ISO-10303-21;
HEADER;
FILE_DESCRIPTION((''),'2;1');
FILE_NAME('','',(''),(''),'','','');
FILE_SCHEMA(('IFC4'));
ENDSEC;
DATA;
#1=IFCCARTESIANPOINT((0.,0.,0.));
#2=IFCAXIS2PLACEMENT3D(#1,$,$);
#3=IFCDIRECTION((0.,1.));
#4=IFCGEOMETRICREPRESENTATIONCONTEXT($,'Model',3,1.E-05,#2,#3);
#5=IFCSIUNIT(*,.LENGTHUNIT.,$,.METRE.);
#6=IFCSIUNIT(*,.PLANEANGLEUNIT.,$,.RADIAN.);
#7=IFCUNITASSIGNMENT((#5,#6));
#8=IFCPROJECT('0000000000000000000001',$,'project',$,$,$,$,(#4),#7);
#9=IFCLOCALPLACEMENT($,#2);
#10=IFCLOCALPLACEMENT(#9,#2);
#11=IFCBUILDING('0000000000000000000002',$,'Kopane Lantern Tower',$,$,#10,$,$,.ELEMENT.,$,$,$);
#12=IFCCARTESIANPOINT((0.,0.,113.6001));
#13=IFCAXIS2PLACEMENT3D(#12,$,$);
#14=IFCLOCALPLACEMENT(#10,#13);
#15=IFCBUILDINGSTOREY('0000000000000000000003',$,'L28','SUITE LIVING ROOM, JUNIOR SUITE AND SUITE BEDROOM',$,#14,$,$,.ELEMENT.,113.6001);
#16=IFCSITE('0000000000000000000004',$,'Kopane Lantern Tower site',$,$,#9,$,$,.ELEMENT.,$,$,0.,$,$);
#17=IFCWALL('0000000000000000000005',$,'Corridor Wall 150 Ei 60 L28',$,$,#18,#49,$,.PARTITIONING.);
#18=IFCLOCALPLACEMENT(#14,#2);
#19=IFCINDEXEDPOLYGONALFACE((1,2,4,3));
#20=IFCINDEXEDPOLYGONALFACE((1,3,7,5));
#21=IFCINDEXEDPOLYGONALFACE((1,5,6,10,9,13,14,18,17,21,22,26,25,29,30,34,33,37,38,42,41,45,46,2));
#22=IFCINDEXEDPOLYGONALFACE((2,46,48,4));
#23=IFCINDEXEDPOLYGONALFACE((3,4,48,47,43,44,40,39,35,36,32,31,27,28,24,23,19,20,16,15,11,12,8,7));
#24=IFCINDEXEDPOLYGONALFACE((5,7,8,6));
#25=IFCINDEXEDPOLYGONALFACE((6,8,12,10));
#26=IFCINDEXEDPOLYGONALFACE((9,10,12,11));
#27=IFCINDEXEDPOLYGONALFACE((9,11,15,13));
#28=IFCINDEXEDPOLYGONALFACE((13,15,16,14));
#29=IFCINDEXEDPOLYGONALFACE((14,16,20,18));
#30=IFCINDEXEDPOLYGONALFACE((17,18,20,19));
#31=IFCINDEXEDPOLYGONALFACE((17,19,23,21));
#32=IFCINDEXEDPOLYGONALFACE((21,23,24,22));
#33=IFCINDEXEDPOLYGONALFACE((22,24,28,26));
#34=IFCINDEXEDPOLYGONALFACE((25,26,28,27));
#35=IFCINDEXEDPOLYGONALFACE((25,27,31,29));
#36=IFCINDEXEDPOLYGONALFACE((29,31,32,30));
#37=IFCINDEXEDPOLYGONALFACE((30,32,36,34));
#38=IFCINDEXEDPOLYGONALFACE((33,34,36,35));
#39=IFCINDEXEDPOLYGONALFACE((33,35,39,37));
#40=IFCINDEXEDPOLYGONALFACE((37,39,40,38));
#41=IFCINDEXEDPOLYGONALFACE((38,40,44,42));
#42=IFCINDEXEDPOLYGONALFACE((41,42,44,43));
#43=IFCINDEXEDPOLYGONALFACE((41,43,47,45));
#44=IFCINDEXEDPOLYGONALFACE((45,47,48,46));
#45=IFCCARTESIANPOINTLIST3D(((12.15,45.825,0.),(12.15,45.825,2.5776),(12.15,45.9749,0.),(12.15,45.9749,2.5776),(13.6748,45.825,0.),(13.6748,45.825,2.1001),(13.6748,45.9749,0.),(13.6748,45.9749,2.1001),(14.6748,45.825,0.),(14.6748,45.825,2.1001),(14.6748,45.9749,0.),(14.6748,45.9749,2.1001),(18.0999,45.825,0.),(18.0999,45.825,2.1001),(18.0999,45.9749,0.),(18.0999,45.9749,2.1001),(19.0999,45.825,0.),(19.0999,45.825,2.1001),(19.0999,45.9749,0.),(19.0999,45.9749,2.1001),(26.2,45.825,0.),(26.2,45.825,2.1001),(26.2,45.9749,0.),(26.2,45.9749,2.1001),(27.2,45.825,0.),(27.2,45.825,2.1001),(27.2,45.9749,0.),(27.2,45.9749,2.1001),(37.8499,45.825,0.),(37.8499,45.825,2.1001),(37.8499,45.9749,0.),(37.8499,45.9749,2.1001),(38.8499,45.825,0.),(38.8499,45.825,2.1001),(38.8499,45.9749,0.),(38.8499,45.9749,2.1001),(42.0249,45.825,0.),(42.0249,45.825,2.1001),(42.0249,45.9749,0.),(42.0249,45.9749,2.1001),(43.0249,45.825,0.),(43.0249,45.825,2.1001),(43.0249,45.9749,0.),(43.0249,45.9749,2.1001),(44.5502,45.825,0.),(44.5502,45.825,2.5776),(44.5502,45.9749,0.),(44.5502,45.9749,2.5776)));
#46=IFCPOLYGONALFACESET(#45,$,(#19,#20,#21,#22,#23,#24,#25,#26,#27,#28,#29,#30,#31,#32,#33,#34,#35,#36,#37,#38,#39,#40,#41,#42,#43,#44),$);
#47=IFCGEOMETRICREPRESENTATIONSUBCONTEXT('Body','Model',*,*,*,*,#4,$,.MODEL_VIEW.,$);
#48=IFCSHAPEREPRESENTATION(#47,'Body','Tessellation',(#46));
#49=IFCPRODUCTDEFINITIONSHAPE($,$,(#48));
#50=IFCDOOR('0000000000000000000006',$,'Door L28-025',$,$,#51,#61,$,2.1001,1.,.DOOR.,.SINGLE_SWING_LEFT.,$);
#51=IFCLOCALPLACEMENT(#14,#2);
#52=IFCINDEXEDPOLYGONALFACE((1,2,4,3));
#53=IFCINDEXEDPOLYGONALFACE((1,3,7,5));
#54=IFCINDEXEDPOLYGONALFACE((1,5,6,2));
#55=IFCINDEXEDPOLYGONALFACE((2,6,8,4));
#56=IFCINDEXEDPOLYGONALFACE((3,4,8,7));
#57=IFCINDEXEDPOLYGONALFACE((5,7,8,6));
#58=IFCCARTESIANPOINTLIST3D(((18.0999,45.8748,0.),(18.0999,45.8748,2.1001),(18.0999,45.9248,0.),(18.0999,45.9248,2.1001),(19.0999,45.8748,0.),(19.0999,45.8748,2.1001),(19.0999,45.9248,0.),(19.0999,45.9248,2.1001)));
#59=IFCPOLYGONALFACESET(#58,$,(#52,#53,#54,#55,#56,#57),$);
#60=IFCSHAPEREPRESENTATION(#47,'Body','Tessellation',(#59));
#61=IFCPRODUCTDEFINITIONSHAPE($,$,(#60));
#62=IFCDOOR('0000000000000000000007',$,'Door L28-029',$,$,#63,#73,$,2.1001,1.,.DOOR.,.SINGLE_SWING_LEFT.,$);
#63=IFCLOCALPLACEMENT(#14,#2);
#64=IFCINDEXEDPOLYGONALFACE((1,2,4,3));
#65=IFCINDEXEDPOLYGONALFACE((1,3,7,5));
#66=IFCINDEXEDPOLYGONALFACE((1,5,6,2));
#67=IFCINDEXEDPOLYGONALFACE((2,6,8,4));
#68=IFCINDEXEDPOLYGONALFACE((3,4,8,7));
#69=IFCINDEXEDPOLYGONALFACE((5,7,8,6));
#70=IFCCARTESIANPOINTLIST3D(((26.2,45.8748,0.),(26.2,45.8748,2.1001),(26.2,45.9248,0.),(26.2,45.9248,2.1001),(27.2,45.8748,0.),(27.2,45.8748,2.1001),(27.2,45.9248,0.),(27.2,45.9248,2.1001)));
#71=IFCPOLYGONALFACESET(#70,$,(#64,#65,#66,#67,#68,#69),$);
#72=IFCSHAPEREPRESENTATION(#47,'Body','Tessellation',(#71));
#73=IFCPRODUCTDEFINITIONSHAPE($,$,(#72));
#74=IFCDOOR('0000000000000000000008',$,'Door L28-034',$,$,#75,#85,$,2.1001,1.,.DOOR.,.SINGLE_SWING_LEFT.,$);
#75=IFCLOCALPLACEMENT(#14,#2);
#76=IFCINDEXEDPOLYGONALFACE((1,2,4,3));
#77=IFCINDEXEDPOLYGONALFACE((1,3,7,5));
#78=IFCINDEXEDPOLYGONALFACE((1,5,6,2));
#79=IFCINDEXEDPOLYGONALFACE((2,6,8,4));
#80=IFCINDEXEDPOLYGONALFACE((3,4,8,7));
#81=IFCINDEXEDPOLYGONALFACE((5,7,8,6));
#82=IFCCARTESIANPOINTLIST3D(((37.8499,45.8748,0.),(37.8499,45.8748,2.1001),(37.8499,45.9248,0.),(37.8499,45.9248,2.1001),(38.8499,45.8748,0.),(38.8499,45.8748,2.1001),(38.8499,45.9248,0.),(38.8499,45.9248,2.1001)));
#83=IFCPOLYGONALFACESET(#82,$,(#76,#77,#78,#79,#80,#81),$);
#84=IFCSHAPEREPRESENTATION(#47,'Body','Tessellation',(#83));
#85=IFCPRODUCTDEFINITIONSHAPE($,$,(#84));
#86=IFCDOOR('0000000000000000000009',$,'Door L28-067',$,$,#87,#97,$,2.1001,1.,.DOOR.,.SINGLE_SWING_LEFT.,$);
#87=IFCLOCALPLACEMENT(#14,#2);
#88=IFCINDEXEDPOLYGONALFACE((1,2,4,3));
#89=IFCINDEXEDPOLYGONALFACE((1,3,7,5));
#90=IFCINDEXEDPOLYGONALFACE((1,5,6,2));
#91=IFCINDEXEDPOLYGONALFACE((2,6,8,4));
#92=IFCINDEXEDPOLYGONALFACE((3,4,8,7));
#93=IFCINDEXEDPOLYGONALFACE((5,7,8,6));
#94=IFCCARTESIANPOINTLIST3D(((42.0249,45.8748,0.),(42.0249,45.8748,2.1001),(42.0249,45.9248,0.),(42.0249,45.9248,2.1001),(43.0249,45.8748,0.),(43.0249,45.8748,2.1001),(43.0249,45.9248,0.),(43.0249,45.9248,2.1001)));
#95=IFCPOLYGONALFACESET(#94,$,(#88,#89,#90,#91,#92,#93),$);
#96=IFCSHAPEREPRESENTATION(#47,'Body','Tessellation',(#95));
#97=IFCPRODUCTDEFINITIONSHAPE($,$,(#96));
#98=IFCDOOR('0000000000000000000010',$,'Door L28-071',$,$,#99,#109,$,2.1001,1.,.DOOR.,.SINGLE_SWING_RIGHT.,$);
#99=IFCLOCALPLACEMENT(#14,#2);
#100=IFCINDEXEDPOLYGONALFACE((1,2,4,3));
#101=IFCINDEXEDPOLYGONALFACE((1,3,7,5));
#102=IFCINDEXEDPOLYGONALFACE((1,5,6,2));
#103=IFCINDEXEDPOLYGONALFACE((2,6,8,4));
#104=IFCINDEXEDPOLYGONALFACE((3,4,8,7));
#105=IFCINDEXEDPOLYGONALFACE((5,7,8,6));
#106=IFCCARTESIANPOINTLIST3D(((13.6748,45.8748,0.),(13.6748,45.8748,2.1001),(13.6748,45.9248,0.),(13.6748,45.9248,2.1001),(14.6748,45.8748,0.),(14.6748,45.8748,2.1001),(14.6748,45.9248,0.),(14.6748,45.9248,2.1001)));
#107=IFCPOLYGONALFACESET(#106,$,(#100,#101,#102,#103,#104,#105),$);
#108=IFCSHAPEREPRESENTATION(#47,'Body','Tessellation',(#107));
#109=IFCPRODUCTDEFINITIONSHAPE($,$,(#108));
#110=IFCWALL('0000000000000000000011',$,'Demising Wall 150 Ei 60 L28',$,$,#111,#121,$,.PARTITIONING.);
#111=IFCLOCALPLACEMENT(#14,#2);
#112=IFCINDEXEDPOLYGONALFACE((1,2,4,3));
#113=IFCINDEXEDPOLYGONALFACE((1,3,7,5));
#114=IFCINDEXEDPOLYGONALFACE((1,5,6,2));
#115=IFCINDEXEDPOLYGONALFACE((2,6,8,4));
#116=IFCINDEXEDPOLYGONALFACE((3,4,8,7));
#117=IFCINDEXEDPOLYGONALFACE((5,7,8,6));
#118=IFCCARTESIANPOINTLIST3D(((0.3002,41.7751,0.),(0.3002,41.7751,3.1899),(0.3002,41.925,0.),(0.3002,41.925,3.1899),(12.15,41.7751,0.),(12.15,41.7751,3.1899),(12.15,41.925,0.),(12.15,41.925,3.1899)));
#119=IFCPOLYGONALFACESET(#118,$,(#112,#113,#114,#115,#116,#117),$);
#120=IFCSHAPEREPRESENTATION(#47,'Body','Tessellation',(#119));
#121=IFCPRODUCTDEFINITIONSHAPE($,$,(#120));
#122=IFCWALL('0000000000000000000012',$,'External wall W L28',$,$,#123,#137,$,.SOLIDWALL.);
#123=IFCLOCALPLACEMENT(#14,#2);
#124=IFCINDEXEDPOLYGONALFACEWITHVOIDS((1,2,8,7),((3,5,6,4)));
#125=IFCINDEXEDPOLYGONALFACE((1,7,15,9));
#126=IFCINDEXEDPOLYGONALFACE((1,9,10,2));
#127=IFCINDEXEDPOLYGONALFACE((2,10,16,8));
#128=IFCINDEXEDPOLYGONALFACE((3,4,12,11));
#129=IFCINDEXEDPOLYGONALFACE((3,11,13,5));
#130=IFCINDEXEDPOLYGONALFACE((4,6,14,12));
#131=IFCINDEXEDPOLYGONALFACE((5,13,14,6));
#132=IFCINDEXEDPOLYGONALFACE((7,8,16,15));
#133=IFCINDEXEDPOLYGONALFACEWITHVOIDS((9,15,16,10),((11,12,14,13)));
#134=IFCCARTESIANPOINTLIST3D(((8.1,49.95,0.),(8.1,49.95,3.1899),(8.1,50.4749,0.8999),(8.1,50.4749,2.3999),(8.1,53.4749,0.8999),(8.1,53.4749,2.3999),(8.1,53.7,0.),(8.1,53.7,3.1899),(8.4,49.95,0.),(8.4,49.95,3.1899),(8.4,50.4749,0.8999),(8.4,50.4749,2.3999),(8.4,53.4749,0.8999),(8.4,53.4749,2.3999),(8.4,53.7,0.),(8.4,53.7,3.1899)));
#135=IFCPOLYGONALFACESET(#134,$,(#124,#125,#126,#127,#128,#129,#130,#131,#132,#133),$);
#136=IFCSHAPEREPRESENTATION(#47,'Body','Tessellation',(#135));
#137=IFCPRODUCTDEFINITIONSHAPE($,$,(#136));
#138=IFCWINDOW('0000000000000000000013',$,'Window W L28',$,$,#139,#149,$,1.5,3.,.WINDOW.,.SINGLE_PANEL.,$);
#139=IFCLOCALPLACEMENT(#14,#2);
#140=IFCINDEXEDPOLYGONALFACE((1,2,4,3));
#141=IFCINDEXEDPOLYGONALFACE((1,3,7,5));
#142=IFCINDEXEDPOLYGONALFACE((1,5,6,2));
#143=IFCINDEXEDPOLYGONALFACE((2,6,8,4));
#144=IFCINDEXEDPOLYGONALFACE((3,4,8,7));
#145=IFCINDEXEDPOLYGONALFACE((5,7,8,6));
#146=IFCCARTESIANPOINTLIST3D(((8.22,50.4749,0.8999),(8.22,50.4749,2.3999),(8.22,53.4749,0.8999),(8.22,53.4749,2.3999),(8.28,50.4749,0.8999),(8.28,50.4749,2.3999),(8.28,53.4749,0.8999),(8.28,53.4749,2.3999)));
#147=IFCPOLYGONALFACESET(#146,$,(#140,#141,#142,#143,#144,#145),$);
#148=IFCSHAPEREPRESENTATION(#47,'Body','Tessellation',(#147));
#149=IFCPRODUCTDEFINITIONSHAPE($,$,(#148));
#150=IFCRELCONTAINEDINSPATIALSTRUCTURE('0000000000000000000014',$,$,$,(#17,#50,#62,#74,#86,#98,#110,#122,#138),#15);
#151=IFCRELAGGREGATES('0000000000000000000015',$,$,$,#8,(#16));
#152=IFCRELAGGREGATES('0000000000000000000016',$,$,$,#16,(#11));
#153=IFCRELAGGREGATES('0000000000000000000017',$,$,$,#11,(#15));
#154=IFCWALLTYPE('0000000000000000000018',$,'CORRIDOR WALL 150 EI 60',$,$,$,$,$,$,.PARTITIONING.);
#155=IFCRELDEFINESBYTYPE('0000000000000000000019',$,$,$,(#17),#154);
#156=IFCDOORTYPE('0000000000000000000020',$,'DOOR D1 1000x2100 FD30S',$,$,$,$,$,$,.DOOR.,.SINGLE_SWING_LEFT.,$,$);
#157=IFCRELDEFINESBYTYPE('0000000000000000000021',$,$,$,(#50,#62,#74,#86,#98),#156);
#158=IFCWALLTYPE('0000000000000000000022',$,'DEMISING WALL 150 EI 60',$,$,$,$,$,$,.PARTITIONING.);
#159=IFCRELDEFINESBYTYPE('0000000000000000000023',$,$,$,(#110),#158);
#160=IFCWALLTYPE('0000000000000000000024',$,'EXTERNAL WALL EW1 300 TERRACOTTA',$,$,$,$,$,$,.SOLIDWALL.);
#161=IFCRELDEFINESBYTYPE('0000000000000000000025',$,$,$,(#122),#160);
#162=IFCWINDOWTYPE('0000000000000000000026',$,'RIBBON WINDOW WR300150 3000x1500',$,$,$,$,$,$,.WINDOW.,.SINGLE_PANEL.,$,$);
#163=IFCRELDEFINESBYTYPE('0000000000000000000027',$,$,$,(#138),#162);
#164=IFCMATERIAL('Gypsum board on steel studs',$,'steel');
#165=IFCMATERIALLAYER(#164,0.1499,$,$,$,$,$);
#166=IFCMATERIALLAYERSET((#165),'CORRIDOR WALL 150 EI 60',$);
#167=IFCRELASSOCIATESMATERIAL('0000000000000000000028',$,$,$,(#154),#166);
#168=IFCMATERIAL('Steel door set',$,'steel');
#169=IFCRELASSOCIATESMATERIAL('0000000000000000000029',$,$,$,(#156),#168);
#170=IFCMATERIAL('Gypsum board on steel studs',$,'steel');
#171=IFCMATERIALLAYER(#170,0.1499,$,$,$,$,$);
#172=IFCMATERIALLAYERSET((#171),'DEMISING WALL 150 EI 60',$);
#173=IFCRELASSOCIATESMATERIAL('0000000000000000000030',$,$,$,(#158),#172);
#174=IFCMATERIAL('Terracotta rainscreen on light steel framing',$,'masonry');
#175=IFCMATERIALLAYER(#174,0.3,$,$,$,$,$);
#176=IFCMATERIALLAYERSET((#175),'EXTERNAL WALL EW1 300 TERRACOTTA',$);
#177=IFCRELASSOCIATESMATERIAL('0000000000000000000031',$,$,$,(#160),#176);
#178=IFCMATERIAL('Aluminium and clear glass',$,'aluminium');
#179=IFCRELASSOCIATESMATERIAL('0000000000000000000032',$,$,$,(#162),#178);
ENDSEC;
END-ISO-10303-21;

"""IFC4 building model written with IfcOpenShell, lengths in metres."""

from ifc_helpers import new_model, si_unit, direction, frame, frame_2d, origin, place, context, subcontext, project, spatial, rectangle, extrude, material, layer, layer_set, type_object, element, fill, save


model = new_model("IFC4")

# Units and contexts
model_context = context("Model", 3, precision=1e-05, world=origin(), true_north=direction((0.0, 1.0)))
body_context = subcontext(model_context, "Body", "Model", "MODEL_VIEW")
ifc_project = project(units=[si_unit("LENGTHUNIT", "METRE"), si_unit("PLANEANGLEUNIT", "RADIAN")], contexts=[model_context])

# Site, building, storey
site_placement = place(None, origin())
site = spatial("IfcSite", under=ifc_project, at=site_placement, Name="Kopane Lantern Tower site", CompositionType="ELEMENT", RefElevation=0.0)
building_placement = place(site_placement, origin())
building = spatial("IfcBuilding", under=site, at=building_placement, Name="Kopane Lantern Tower", CompositionType="ELEMENT")
storey_placement = place(building_placement, frame((0.0, 0.0, 113.6001)))
storey = spatial("IfcBuildingStorey", under=building, at=storey_placement, Name="L28", Description="SUITE LIVING ROOM, JUNIOR SUITE AND SUITE BEDROOM", CompositionType="ELEMENT", Elevation=113.6001)

# Wall, openings, doors
ifc_material_1 = material(Name="Gypsum board on steel studs", Category="steel")
ifc_layer_1 = layer(ifc_material_1, 0.1499)
ifc_layer_set_1 = layer_set([ifc_layer_1], Name="CORRIDOR WALL 150 EI 60")
wall_type_1 = type_object("IfcWallType", Name="CORRIDOR WALL 150 EI 60", PredefinedType="PARTITIONING", material=ifc_layer_set_1)
wall_1_placement = place(storey_placement, frame((12.1499, 45.8999, 0.0), z_axis=(0.0, 0.0, 1.0), x_axis=(1.0, 0.0, 0.0)))
wall_1 = element("IfcWall", 1, at=wall_1_placement, inside=storey, type_object=wall_type_1, Name="Corridor Wall 150 Ei 60 L28", PredefinedType="PARTITIONING", context=body_context, shape_type="SweptSolid", body=[
    extrude(rectangle(XDim=32.4001, YDim=0.1499, at=frame_2d((16.2002, 0.0))), origin(), (0.0, 0.0, 1.0), 2.5776),
])
opening_1_placement = place(wall_1_placement, frame((5.95, 0.0, 0.0)))
opening_1 = element("IfcOpeningElement", 2, at=opening_1_placement, cuts=wall_1, PredefinedType="OPENING", context=body_context, shape_type="SweptSolid", body=[
    extrude(rectangle(XDim=1.0, YDim=2.1001, at=frame_2d((0.5, 1.05))), frame((0.0, 0.085, 0.0), z_axis=(0.0, -1.0, 0.0), x_axis=(1.0, 0.0, 0.0)), (0.0, 0.0, 1.0), 0.1699),
])
opening_2_placement = place(wall_1_placement, frame((14.05, 0.0, 0.0)))
opening_2 = element("IfcOpeningElement", 3, at=opening_2_placement, cuts=wall_1, PredefinedType="OPENING", context=body_context, shape_type="SweptSolid", body=[
    extrude(rectangle(XDim=1.0, YDim=2.1001, at=frame_2d((0.5, 1.05))), frame((0.0, 0.085, 0.0), z_axis=(0.0, -1.0, 0.0), x_axis=(1.0, 0.0, 0.0)), (0.0, 0.0, 1.0), 0.1699),
])
opening_3_placement = place(wall_1_placement, frame((25.7, 0.0, 0.0)))
opening_3 = element("IfcOpeningElement", 4, at=opening_3_placement, cuts=wall_1, PredefinedType="OPENING", context=body_context, shape_type="SweptSolid", body=[
    extrude(rectangle(XDim=1.0, YDim=2.1001, at=frame_2d((0.5, 1.05))), frame((0.0, 0.085, 0.0), z_axis=(0.0, -1.0, 0.0), x_axis=(1.0, 0.0, 0.0)), (0.0, 0.0, 1.0), 0.1699),
])
opening_4_placement = place(wall_1_placement, frame((29.875, 0.0, 0.0)))
opening_4 = element("IfcOpeningElement", 5, at=opening_4_placement, cuts=wall_1, PredefinedType="OPENING", context=body_context, shape_type="SweptSolid", body=[
    extrude(rectangle(XDim=1.0, YDim=2.1001, at=frame_2d((0.5, 1.05))), frame((0.0, 0.085, 0.0), z_axis=(0.0, -1.0, 0.0), x_axis=(1.0, 0.0, 0.0)), (0.0, 0.0, 1.0), 0.1699),
])
opening_5_placement = place(wall_1_placement, frame((1.5249, 0.0, 0.0)))
opening_5 = element("IfcOpeningElement", 6, at=opening_5_placement, cuts=wall_1, PredefinedType="OPENING", context=body_context, shape_type="SweptSolid", body=[
    extrude(rectangle(XDim=1.0, YDim=2.1001, at=frame_2d((0.5, 1.05))), frame((0.0, 0.085, 0.0), z_axis=(0.0, -1.0, 0.0), x_axis=(1.0, 0.0, 0.0)), (0.0, 0.0, 1.0), 0.1699),
])
ifc_material_2 = material(Name="Steel door set", Category="steel")
door_type_1 = type_object("IfcDoorType", Name="DOOR D1 1000x2100 FD30S", OperationType="SINGLE_SWING_LEFT", PredefinedType="DOOR", material=ifc_material_2)
door_1_placement = place(opening_1_placement, origin())
door_1 = element("IfcDoor", 7, at=door_1_placement, inside=storey, type_object=door_type_1, Name="Door L28-025", OperationType="SINGLE_SWING_LEFT", OverallHeight=2.1001, OverallWidth=1.0, PredefinedType="DOOR", context=body_context, shape_type="SweptSolid", body=[
    extrude(rectangle(XDim=1.0, YDim=2.1001, at=frame_2d((0.5, 1.05))), frame((0.0, 0.0249, 0.0), z_axis=(0.0, -1.0, 0.0), x_axis=(1.0, 0.0, 0.0)), (0.0, 0.0, 1.0), 0.05),
])
fill(opening_1, door_1)
door_2_placement = place(opening_2_placement, origin())
door_2 = element("IfcDoor", 8, at=door_2_placement, inside=storey, type_object=door_type_1, Name="Door L28-029", OperationType="SINGLE_SWING_LEFT", OverallHeight=2.1001, OverallWidth=1.0, PredefinedType="DOOR", context=body_context, shape_type="SweptSolid", body=[
    extrude(rectangle(XDim=1.0, YDim=2.1001, at=frame_2d((0.5, 1.05))), frame((0.0, 0.0249, 0.0), z_axis=(0.0, -1.0, 0.0), x_axis=(1.0, 0.0, 0.0)), (0.0, 0.0, 1.0), 0.05),
])
fill(opening_2, door_2)
door_3_placement = place(opening_3_placement, origin())
door_3 = element("IfcDoor", 9, at=door_3_placement, inside=storey, type_object=door_type_1, Name="Door L28-034", OperationType="SINGLE_SWING_LEFT", OverallHeight=2.1001, OverallWidth=1.0, PredefinedType="DOOR", context=body_context, shape_type="SweptSolid", body=[
    extrude(rectangle(XDim=1.0, YDim=2.1001, at=frame_2d((0.5, 1.05))), frame((0.0, 0.0249, 0.0), z_axis=(0.0, -1.0, 0.0), x_axis=(1.0, 0.0, 0.0)), (0.0, 0.0, 1.0), 0.05),
])
fill(opening_3, door_3)
door_4_placement = place(opening_4_placement, origin())
door_4 = element("IfcDoor", 10, at=door_4_placement, inside=storey, type_object=door_type_1, Name="Door L28-067", OperationType="SINGLE_SWING_LEFT", OverallHeight=2.1001, OverallWidth=1.0, PredefinedType="DOOR", context=body_context, shape_type="SweptSolid", body=[
    extrude(rectangle(XDim=1.0, YDim=2.1001, at=frame_2d((0.5, 1.05))), frame((0.0, 0.0249, 0.0), z_axis=(0.0, -1.0, 0.0), x_axis=(1.0, 0.0, 0.0)), (0.0, 0.0, 1.0), 0.05),
])
fill(opening_4, door_4)
door_5_placement = place(opening_5_placement, origin())
door_5 = element("IfcDoor", 11, at=door_5_placement, inside=storey, type_object=door_type_1, Name="Door L28-071", OperationType="SINGLE_SWING_RIGHT", OverallHeight=2.1001, OverallWidth=1.0, PredefinedType="DOOR", context=body_context, shape_type="SweptSolid", body=[
    extrude(rectangle(XDim=1.0, YDim=2.1001, at=frame_2d((0.5, 1.05))), frame((0.0, 0.0249, 0.0), z_axis=(0.0, -1.0, 0.0), x_axis=(1.0, 0.0, 0.0)), (0.0, 0.0, 1.0), 0.05),
])
fill(opening_5, door_5)

# Wall
ifc_material_3 = material(Name="Gypsum board on steel studs", Category="steel")
ifc_layer_2 = layer(ifc_material_3, 0.1499)
ifc_layer_set_2 = layer_set([ifc_layer_2], Name="DEMISING WALL 150 EI 60")
wall_type_2 = type_object("IfcWallType", Name="DEMISING WALL 150 EI 60", PredefinedType="PARTITIONING", material=ifc_layer_set_2)
wall_2_placement = place(storey_placement, frame((12.1499, 41.8501, 0.0), z_axis=(0.0, 0.0, 1.0), x_axis=(-1.0, 0.0, 0.0)))
element("IfcWall", 12, at=wall_2_placement, inside=storey, type_object=wall_type_2, Name="Demising Wall 150 Ei 60 L28", PredefinedType="PARTITIONING", context=body_context, shape_type="SweptSolid", body=[
    extrude(rectangle(XDim=11.8499, YDim=0.1499, at=frame_2d((5.9248, 0.0))), origin(), (0.0, 0.0, 1.0), 3.1899),
])

# Wall, opening, window
ifc_material_4 = material(Name="Terracotta rainscreen on light steel framing", Category="masonry")
ifc_layer_3 = layer(ifc_material_4, 0.3)
ifc_layer_set_3 = layer_set([ifc_layer_3], Name="EXTERNAL WALL EW1 300 TERRACOTTA")
wall_type_3 = type_object("IfcWallType", Name="EXTERNAL WALL EW1 300 TERRACOTTA", PredefinedType="SOLIDWALL", material=ifc_layer_set_3)
wall_3_placement = place(storey_placement, frame((8.25, 53.7, 0.0), z_axis=(0.0, 0.0, 1.0), x_axis=(0.0, -1.0, 0.0)))
wall_3 = element("IfcWall", 13, at=wall_3_placement, inside=storey, type_object=wall_type_3, Name="External wall W L28", PredefinedType="SOLIDWALL", context=body_context, shape_type="SweptSolid", body=[
    extrude(rectangle(XDim=3.75, YDim=0.3, at=frame_2d((1.875, 0.0))), origin(), (0.0, 0.0, 1.0), 3.1899),
])
opening_6_placement = place(wall_3_placement, frame((0.2251, 0.0, 0.8999)))
opening_6 = element("IfcOpeningElement", 14, at=opening_6_placement, cuts=wall_3, PredefinedType="OPENING", context=body_context, shape_type="SweptSolid", body=[
    extrude(rectangle(XDim=3.0, YDim=1.5, at=frame_2d((1.5, 0.75))), frame((0.0, 0.1599, 0.0), z_axis=(0.0, -1.0, 0.0), x_axis=(1.0, 0.0, 0.0)), (0.0, 0.0, 1.0), 0.3201),
])
ifc_material_5 = material(Name="Aluminium and clear glass", Category="aluminium")
window_type = type_object("IfcWindowType", Name="RIBBON WINDOW WR300150 3000x1500", PartitioningType="SINGLE_PANEL", PredefinedType="WINDOW", material=ifc_material_5)
window_1_placement = place(opening_6_placement, origin())
window_1 = element("IfcWindow", 15, at=window_1_placement, inside=storey, type_object=window_type, Name="Window W L28", OverallHeight=1.5, OverallWidth=3.0, PartitioningType="SINGLE_PANEL", PredefinedType="WINDOW", context=body_context, shape_type="SweptSolid", body=[
    extrude(rectangle(XDim=3.0, YDim=1.5, at=frame_2d((1.5, 0.75))), frame((0.0, 0.03, 0.0), z_axis=(0.0, -1.0, 0.0), x_axis=(1.0, 0.0, 0.0)), (0.0, 0.0, 1.0), 0.0601),
])
fill(opening_6, window_1)

save(model, "model.ifc")
